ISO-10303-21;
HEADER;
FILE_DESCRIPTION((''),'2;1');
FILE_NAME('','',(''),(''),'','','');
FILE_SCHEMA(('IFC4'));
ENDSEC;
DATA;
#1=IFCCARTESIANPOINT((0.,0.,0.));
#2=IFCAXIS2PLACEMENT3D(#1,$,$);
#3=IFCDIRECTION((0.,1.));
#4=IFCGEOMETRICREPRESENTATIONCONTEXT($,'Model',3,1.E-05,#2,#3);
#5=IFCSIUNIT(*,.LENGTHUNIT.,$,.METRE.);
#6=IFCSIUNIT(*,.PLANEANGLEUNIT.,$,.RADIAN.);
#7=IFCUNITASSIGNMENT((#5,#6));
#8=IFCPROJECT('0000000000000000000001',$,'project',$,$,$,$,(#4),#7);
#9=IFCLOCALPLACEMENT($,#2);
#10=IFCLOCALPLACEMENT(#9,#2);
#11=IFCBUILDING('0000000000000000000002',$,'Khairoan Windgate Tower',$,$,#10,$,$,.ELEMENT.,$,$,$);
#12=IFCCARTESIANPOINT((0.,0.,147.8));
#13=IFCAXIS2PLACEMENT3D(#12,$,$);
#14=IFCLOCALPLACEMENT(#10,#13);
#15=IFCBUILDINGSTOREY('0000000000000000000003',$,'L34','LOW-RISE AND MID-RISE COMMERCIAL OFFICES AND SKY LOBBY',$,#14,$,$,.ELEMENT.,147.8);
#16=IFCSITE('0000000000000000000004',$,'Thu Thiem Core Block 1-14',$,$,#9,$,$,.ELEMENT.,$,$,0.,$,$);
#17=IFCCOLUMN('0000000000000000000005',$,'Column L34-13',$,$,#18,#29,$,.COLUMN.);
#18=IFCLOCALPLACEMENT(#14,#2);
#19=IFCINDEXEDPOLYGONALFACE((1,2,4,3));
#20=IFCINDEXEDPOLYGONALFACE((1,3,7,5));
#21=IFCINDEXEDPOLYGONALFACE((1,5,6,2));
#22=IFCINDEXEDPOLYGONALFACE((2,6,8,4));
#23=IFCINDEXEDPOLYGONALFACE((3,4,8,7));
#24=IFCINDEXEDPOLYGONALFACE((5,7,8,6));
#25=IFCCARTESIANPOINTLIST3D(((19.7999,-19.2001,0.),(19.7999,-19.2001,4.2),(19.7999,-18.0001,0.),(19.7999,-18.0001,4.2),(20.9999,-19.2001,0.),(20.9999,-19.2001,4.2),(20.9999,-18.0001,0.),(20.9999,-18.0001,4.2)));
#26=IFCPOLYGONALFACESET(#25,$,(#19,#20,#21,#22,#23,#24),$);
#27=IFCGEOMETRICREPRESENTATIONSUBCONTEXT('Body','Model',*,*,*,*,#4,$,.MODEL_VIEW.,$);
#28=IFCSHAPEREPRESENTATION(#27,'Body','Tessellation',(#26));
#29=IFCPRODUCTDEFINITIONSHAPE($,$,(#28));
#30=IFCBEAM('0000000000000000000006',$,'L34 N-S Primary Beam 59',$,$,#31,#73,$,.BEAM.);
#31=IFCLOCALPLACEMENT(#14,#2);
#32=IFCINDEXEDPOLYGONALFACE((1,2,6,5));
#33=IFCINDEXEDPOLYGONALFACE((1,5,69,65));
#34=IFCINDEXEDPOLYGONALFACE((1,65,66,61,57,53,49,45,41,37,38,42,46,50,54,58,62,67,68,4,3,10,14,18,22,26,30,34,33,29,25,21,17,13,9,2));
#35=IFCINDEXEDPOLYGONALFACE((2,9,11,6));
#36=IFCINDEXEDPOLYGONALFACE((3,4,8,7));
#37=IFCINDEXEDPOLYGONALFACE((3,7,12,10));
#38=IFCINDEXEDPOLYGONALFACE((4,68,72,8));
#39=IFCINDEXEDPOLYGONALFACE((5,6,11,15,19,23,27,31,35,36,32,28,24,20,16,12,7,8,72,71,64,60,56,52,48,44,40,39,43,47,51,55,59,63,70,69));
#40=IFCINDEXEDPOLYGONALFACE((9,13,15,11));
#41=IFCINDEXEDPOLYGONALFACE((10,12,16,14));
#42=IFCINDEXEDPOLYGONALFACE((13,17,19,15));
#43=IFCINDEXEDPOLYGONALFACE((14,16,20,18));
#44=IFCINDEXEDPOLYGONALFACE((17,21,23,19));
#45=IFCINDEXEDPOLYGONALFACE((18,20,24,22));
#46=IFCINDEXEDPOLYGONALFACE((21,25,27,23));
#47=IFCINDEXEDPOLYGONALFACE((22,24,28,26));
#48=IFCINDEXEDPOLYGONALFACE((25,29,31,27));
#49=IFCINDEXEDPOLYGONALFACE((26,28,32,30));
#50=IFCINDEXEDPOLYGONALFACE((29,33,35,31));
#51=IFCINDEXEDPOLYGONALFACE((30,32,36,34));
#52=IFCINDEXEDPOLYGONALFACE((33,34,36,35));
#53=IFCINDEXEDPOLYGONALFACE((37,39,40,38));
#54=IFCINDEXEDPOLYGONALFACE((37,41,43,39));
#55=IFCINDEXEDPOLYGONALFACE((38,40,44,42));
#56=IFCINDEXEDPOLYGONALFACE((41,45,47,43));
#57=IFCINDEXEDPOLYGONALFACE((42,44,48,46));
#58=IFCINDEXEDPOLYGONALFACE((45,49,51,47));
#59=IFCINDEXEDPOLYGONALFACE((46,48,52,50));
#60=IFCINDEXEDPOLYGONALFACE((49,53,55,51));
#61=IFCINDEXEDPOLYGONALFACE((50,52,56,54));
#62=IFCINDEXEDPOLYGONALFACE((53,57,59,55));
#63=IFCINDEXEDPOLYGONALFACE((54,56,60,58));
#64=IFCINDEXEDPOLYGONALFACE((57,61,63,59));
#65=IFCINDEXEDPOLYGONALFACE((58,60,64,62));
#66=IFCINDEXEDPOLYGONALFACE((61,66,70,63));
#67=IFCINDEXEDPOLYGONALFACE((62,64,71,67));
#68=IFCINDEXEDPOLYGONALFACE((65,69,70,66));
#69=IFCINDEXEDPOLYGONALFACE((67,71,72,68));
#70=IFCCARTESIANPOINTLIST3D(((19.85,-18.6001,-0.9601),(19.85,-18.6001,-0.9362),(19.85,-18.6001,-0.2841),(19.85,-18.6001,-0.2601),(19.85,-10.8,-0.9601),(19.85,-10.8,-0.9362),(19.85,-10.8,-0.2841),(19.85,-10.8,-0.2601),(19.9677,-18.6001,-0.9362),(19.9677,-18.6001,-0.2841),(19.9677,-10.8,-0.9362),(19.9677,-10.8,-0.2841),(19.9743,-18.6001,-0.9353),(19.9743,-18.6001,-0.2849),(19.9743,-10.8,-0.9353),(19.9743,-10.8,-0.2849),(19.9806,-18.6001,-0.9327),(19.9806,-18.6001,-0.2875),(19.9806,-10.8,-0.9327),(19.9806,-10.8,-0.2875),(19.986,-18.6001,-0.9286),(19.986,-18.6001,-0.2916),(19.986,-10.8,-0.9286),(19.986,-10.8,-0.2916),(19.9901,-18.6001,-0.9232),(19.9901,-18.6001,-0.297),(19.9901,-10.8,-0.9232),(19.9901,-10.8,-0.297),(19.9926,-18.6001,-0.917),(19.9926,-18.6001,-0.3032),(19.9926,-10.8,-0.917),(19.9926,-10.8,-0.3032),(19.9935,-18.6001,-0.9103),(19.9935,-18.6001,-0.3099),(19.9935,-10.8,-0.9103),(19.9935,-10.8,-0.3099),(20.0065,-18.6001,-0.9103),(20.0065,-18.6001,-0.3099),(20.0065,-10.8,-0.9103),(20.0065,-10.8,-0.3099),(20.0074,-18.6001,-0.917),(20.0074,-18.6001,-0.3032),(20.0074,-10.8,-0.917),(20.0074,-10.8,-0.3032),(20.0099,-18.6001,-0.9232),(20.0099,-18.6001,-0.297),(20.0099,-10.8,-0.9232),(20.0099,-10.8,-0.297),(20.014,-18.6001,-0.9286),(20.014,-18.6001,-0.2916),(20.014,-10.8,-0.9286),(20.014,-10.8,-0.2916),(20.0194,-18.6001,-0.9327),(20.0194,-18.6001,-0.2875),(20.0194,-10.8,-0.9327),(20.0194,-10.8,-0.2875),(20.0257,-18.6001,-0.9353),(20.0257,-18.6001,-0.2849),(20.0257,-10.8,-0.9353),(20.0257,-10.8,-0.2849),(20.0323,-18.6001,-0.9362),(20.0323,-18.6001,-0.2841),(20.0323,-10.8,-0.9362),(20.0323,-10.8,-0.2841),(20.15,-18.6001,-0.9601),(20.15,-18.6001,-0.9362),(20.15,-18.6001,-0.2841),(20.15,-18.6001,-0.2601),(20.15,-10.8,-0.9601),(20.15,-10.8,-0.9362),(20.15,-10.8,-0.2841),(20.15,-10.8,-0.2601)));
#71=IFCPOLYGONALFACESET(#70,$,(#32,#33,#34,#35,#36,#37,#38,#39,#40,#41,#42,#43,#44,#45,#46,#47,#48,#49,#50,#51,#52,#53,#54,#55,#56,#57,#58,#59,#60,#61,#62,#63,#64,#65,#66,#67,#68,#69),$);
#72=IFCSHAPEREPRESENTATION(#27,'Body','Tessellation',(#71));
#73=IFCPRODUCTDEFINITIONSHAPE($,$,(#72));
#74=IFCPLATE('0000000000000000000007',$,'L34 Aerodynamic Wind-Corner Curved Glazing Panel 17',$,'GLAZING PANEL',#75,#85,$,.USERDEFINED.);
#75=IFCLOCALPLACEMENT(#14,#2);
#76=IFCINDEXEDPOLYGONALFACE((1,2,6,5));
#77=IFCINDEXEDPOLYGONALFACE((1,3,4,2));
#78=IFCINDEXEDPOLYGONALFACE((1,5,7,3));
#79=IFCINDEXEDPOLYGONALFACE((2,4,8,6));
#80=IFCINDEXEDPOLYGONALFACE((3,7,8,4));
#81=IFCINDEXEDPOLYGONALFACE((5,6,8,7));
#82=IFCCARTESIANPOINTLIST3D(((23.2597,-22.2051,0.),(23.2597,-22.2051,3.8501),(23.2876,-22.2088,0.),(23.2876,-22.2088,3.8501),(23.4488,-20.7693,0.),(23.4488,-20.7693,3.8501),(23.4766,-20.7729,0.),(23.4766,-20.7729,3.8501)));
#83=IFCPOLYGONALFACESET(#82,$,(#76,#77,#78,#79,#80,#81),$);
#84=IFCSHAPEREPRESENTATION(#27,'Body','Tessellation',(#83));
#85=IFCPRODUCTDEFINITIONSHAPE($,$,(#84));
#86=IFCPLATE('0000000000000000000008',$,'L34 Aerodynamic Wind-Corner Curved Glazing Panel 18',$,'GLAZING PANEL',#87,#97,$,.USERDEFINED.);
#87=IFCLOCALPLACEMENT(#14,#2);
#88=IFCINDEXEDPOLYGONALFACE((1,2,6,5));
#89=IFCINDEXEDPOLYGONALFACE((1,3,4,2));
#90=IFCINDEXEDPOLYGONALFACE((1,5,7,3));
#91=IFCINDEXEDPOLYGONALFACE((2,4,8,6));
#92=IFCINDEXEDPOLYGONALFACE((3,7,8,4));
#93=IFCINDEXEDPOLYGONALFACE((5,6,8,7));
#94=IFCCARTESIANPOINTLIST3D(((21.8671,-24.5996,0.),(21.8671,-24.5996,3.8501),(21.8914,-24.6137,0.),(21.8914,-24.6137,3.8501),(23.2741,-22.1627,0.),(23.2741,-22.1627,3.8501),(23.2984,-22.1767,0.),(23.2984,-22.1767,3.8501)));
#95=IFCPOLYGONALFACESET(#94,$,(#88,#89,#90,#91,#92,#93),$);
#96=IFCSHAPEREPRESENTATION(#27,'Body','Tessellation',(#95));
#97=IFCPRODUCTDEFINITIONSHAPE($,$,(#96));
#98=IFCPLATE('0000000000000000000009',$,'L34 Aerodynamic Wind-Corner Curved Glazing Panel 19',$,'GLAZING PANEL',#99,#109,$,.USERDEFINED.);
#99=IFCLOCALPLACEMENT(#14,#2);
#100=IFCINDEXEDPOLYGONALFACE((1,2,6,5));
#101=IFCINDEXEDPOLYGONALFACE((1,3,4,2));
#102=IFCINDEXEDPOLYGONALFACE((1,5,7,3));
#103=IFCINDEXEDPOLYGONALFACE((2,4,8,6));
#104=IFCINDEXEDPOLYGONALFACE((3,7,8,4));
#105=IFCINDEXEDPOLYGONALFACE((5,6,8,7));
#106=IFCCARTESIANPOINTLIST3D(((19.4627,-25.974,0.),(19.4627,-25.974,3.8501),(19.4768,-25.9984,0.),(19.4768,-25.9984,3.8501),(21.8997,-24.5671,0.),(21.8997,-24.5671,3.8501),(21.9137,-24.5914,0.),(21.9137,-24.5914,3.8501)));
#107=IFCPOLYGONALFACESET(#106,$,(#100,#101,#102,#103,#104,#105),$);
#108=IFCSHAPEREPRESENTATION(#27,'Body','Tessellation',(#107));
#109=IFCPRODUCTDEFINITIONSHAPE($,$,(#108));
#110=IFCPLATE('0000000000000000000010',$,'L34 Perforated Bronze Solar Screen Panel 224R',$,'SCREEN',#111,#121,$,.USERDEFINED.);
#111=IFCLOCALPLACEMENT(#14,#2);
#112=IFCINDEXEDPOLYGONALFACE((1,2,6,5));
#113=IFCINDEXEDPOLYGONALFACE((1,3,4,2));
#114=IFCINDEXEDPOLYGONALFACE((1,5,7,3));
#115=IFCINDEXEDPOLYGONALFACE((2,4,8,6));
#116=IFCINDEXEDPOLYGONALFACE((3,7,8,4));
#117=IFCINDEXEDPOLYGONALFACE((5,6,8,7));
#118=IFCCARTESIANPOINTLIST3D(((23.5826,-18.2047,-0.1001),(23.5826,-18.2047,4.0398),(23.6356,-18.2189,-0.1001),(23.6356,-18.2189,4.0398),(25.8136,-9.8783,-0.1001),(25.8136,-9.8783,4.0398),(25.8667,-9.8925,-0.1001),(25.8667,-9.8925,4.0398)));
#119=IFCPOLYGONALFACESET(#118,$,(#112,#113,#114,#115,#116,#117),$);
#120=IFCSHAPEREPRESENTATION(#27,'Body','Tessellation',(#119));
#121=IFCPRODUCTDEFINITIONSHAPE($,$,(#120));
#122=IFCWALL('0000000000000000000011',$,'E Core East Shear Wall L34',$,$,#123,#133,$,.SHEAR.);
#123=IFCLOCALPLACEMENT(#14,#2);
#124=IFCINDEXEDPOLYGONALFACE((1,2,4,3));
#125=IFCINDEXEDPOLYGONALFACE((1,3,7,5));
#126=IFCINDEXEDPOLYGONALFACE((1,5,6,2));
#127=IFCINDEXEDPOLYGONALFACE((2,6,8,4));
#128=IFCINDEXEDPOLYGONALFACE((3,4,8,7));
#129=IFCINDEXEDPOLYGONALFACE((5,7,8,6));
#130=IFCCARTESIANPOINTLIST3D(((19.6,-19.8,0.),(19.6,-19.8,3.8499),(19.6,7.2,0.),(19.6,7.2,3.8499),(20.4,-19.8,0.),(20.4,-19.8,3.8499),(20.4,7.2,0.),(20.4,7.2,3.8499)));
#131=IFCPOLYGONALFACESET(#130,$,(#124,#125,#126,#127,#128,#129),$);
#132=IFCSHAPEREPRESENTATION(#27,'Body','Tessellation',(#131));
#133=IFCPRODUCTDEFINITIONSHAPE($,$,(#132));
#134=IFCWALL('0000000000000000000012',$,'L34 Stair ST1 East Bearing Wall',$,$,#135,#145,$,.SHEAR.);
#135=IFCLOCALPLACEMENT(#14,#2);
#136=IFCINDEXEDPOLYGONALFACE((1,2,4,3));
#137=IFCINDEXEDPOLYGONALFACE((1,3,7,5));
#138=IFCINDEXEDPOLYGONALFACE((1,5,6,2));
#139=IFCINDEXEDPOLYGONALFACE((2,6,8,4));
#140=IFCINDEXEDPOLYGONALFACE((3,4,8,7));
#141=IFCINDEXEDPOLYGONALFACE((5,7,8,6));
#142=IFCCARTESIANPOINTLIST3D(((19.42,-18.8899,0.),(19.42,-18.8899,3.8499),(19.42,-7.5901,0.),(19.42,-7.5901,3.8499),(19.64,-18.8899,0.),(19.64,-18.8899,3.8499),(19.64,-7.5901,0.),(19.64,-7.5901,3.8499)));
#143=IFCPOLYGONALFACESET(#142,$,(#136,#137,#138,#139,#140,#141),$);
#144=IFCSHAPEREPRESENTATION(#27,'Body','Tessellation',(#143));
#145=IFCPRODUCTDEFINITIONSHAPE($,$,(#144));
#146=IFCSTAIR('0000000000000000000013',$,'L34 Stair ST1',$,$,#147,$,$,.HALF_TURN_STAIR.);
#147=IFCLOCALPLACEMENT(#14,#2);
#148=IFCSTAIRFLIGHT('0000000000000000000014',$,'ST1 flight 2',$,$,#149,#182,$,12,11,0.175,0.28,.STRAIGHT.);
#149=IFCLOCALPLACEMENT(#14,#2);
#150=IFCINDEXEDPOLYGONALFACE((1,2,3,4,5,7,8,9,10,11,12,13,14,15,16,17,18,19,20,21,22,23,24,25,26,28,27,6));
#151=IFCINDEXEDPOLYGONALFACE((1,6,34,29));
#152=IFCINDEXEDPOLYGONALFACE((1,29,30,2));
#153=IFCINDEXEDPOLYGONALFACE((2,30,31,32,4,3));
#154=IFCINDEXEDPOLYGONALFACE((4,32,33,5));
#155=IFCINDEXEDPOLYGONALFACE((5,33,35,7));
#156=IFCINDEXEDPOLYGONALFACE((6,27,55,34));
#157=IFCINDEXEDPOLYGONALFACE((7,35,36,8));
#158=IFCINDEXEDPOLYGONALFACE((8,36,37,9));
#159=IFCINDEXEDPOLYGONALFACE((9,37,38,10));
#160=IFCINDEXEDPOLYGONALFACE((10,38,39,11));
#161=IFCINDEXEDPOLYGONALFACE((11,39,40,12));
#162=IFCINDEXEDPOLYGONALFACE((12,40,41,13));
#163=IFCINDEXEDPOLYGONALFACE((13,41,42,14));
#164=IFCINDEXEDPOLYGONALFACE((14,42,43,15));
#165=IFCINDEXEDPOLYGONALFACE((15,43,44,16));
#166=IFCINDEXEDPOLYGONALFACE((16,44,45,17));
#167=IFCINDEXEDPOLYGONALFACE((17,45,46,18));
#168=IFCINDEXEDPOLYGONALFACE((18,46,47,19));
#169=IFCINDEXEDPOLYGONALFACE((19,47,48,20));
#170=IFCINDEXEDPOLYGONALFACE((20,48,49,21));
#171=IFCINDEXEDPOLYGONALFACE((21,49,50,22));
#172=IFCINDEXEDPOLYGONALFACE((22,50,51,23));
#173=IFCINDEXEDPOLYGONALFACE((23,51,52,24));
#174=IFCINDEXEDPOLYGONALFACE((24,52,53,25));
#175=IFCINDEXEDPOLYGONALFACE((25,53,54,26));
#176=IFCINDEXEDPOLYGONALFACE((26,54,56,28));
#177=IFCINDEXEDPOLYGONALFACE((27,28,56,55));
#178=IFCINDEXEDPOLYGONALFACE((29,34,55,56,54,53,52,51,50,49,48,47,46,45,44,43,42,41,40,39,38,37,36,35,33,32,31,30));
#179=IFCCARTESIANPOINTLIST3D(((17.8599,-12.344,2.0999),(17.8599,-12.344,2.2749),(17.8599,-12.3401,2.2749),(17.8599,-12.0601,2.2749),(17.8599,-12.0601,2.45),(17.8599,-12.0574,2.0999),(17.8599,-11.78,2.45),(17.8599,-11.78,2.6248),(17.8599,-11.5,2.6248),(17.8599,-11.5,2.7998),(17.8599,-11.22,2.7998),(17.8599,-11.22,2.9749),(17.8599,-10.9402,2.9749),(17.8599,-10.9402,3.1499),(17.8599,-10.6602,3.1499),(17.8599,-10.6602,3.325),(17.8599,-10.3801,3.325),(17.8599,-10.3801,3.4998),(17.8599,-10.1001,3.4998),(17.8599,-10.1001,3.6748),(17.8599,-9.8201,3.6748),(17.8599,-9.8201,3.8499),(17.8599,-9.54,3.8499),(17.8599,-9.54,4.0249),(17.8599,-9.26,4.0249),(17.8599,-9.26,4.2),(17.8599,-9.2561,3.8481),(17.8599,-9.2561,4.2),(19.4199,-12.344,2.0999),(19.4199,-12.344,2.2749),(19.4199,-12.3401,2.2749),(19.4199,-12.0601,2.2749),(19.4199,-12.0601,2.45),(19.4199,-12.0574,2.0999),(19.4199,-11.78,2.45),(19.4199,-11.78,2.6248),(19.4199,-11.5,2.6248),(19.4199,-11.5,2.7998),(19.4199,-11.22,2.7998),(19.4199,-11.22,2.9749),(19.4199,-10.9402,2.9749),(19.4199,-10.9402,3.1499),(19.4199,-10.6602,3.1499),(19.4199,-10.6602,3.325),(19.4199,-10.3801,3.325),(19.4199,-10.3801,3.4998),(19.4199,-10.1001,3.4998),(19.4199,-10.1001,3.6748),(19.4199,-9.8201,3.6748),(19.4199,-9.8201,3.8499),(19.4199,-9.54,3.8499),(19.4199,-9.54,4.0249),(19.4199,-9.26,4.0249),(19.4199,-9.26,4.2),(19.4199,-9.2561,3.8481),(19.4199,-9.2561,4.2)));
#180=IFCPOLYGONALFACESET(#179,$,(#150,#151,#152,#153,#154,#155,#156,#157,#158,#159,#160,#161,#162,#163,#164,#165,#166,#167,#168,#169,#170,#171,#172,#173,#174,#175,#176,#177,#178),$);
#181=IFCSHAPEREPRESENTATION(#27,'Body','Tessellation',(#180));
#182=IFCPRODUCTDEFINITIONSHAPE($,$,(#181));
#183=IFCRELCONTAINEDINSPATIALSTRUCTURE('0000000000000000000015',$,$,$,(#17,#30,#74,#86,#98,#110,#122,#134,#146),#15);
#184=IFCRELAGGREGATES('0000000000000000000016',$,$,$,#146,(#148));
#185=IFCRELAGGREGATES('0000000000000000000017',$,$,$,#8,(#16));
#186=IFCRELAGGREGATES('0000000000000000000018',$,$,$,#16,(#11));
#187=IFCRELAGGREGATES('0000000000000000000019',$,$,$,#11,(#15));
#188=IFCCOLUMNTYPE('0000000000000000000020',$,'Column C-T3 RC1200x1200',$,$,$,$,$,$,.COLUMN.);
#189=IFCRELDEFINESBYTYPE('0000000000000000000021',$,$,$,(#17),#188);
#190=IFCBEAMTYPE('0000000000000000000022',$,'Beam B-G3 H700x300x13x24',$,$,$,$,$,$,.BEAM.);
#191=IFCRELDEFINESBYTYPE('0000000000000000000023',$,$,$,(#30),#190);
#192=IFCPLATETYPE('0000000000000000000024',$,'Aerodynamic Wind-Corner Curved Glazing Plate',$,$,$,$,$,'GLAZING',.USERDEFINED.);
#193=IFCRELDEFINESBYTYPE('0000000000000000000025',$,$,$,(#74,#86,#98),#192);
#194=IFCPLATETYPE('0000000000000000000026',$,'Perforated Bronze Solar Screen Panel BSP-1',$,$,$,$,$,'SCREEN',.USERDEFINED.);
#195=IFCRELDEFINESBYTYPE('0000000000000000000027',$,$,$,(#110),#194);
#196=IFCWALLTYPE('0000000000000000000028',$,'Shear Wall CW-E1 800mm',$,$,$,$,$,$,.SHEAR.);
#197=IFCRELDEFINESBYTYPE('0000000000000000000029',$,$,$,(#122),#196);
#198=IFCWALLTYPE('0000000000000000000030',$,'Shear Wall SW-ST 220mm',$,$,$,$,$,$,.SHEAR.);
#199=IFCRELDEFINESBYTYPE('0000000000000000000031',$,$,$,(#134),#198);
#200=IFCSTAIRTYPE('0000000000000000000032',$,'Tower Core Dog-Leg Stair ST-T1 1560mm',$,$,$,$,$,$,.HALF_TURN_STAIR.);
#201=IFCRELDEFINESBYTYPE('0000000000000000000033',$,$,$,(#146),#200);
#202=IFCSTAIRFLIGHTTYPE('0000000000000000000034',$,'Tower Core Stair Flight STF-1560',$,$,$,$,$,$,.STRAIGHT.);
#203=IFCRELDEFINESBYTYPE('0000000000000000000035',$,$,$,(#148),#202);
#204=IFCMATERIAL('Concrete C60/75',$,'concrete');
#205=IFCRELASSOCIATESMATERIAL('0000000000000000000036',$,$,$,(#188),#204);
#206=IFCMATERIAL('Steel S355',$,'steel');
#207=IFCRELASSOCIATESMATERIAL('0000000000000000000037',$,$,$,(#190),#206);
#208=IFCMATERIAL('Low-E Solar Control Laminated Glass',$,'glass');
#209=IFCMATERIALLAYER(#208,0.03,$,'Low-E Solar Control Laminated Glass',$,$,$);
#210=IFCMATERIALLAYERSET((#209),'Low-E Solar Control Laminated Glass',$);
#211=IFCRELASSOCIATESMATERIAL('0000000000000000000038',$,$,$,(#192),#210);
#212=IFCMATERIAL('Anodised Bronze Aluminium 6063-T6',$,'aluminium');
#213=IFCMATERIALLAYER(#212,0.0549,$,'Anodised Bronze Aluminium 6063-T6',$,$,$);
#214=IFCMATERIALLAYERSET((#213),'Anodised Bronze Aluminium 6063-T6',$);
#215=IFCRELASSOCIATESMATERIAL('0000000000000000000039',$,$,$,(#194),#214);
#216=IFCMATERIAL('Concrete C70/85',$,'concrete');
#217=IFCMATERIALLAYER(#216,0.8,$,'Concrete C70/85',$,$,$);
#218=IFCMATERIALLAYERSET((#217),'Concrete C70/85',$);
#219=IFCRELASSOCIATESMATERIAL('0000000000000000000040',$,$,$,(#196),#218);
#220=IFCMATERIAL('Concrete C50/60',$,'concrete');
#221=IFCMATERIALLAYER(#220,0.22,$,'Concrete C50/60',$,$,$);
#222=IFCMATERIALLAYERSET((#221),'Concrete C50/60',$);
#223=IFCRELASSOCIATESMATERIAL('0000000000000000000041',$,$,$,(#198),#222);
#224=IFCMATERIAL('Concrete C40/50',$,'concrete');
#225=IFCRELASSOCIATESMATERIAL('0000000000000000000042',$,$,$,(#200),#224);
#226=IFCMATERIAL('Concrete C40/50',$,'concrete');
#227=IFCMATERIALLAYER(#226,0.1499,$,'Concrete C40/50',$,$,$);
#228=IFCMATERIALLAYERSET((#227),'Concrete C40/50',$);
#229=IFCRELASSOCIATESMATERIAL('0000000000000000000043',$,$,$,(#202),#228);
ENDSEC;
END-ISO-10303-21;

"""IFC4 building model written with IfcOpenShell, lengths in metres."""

from ifc_helpers import new_model, si_unit, direction, frame, frame_2d, origin, origin_2d, place, context, subcontext, project, spatial, polyline, rectangle, i_section, outline, extrude, material, layer, layer_set, material_profile, profile_set, type_object, element, aggregate, save


model = new_model("IFC4")

# Units and contexts
model_context = context("Model", 3, precision=1e-05, world=origin(), true_north=direction((0.0, 1.0)))
body_context = subcontext(model_context, "Body", "Model", "MODEL_VIEW")
ifc_project = project(units=[si_unit("LENGTHUNIT", "METRE"), si_unit("PLANEANGLEUNIT", "RADIAN")], contexts=[model_context])

# Site, building, storey
site_placement = place(None, origin())
site = spatial("IfcSite", under=ifc_project, at=site_placement, Name="Thu Thiem Core Block 1-14", CompositionType="ELEMENT", RefElevation=0.0)
building_placement = place(site_placement, origin())
building = spatial("IfcBuilding", under=site, at=building_placement, Name="Khairoan Windgate Tower", CompositionType="ELEMENT")
storey_placement = place(building_placement, frame((0.0, 0.0, 147.8)))
storey = spatial("IfcBuildingStorey", under=building, at=storey_placement, Name="L34", Description="LOW-RISE AND MID-RISE COMMERCIAL OFFICES AND SKY LOBBY", CompositionType="ELEMENT", Elevation=147.8)

# Column
ifc_material_1 = material(Name="Concrete C60/75", Category="concrete")
ifc_material_profile_1 = material_profile(ifc_material_1, rectangle(XDim=1.2, YDim=1.2, at=origin_2d()))
ifc_profile_set_1 = profile_set([ifc_material_profile_1], Name="Concrete C60/75")
column_type = type_object("IfcColumnType", Name="Column C-T3 RC1200x1200", PredefinedType="COLUMN", material=ifc_profile_set_1)
column_placement = place(storey_placement, frame((20.3999, -18.6001, 0.0), z_axis=(0.0, 0.0, 1.0), x_axis=(1.0, 0.0, 0.0)))
element("IfcColumn", 1, at=column_placement, inside=storey, type_object=column_type, Name="Column L34-13", PredefinedType="COLUMN", context=body_context, shape_type="SweptSolid", body=[
    extrude(rectangle(XDim=1.2, YDim=1.2, at=origin_2d()), origin(), (0.0, 0.0, 1.0), 4.2),
])

# Beam
ifc_material_2 = material(Name="Steel S355", Category="steel")
ifc_material_profile_2 = material_profile(ifc_material_2, i_section(OverallWidth=0.3, OverallDepth=0.7, WebThickness=0.0129, FlangeThickness=0.0239, FilletRadius=0.0259, at=origin_2d()))
ifc_profile_set_2 = profile_set([ifc_material_profile_2], Name="Steel S355")
beam_type = type_object("IfcBeamType", Name="Beam B-G3 H700x300x13x24", PredefinedType="BEAM", material=ifc_profile_set_2)
beam_placement = place(storey_placement, frame((20.0, -18.6001, -0.6101), z_axis=(0.0, 1.0, 0.0), x_axis=(-1.0, 0.0, 0.0)))
element("IfcBeam", 2, at=beam_placement, inside=storey, type_object=beam_type, Name="L34 N-S Primary Beam 59", PredefinedType="BEAM", context=body_context, shape_type="SweptSolid", body=[
    extrude(i_section(OverallWidth=0.3, OverallDepth=0.7, WebThickness=0.0129, FlangeThickness=0.0239, FilletRadius=0.0259, at=origin_2d()), origin(), (0.0, 0.0, 1.0), 7.8),
])

# Plates
ifc_material_3 = material(Name="Low-E Solar Control Laminated Glass", Category="glass")
ifc_layer_1 = layer(ifc_material_3, 0.03, Name="Low-E Solar Control Laminated Glass")
ifc_layer_set_1 = layer_set([ifc_layer_1], Name="Low-E Solar Control Laminated Glass")
plate_type_1 = type_object("IfcPlateType", Name="Aerodynamic Wind-Corner Curved Glazing Plate", ElementType="GLAZING", PredefinedType="USERDEFINED", material=ifc_layer_set_1)
plate_1_placement = place(storey_placement, frame((23.3682, -21.489, 0.0), z_axis=(0.0, 0.0, 1.0), x_axis=(-0.130526, -0.991445, 0.0)))
element("IfcPlate", 3, at=plate_1_placement, inside=storey, type_object=plate_type_1, Name="L34 Aerodynamic Wind-Corner Curved Glazing Panel 17", ObjectType="GLAZING PANEL", PredefinedType="USERDEFINED", context=body_context, shape_type="SweptSolid", body=[
    extrude(rectangle(XDim=1.4482, YDim=0.0281, at=origin_2d()), origin(), (0.0, 0.0, 1.0), 3.8501),
])
for number, where, z_axis, x_axis, name in (
    (4, (22.5828, -23.3882, 0.0), (0.0, 0.0, 1.0), (-0.5, -0.866025, 0.0), "L34 Aerodynamic Wind-Corner Curved Glazing Panel 18"),
    (5, (20.6882, -25.2827, 0.0), (0.0, 0.0, 1.0), (-0.866025, -0.5, 0.0), "L34 Aerodynamic Wind-Corner Curved Glazing Panel 19"),
):
    element("IfcPlate", number, at=place(storey_placement, frame(where, z_axis=z_axis, x_axis=x_axis)), inside=storey, type_object=plate_type_1, Name=name, ObjectType="GLAZING PANEL", PredefinedType="USERDEFINED", context=body_context, shape_type="SweptSolid", body=[
        extrude(rectangle(XDim=2.814, YDim=0.0281, at=origin_2d()), origin(), (0.0, 0.0, 1.0), 3.8501),
    ])

# Plate
ifc_material_4 = material(Name="Anodised Bronze Aluminium 6063-T6", Category="aluminium")
ifc_layer_2 = layer(ifc_material_4, 0.0549, Name="Anodised Bronze Aluminium 6063-T6")
ifc_layer_set_2 = layer_set([ifc_layer_2], Name="Anodised Bronze Aluminium 6063-T6")
plate_type_2 = type_object("IfcPlateType", Name="Perforated Bronze Solar Screen Panel BSP-1", ElementType="SCREEN", PredefinedType="USERDEFINED", material=ifc_layer_set_2)
plate_2_placement = place(storey_placement, frame((24.7246, -14.0486, -0.1001), z_axis=(0.0, 0.0, 1.0), x_axis=(-0.258819, -0.965926, 0.0)))
element("IfcPlate", 6, at=plate_2_placement, inside=storey, type_object=plate_type_2, Name="L34 Perforated Bronze Solar Screen Panel 224R", ObjectType="SCREEN", PredefinedType="USERDEFINED", context=body_context, shape_type="SweptSolid", body=[
    extrude(rectangle(XDim=8.6201, YDim=0.0549, at=origin_2d()), origin(), (0.0, 0.0, 1.0), 4.1399),
])

# Walls
ifc_material_5 = material(Name="Concrete C70/85", Category="concrete")
ifc_layer_3 = layer(ifc_material_5, 0.8, Name="Concrete C70/85")
ifc_layer_set_3 = layer_set([ifc_layer_3], Name="Concrete C70/85")
wall_type_1 = type_object("IfcWallType", Name="Shear Wall CW-E1 800mm", PredefinedType="SHEAR", material=ifc_layer_set_3)
wall_1_placement = place(storey_placement, frame((20.0, -19.8, 0.0), z_axis=(0.0, 0.0, 1.0), x_axis=(0.0, 1.0, 0.0)))
element("IfcWall", 7, at=wall_1_placement, inside=storey, type_object=wall_type_1, Name="E Core East Shear Wall L34", PredefinedType="SHEAR", context=body_context, shape_type="SweptSolid", body=[
    extrude(rectangle(XDim=27.0, YDim=0.8, at=frame_2d((13.5, 0.0))), origin(), (0.0, 0.0, 1.0), 3.8499),
])
ifc_material_6 = material(Name="Concrete C50/60", Category="concrete")
ifc_layer_4 = layer(ifc_material_6, 0.22, Name="Concrete C50/60")
ifc_layer_set_4 = layer_set([ifc_layer_4], Name="Concrete C50/60")
wall_type_2 = type_object("IfcWallType", Name="Shear Wall SW-ST 220mm", PredefinedType="SHEAR", material=ifc_layer_set_4)
wall_2_placement = place(storey_placement, frame((19.53, -18.8899, 0.0), z_axis=(0.0, 0.0, 1.0), x_axis=(0.0, 1.0, 0.0)))
element("IfcWall", 8, at=wall_2_placement, inside=storey, type_object=wall_type_2, Name="L34 Stair ST1 East Bearing Wall", PredefinedType="SHEAR", context=body_context, shape_type="SweptSolid", body=[
    extrude(rectangle(XDim=11.2998, YDim=0.22, at=frame_2d((5.6499, 0.0))), origin(), (0.0, 0.0, 1.0), 3.8499),
])

# Stair, stair flight
ifc_material_7 = material(Name="Concrete C40/50", Category="concrete")
stair_type = type_object("IfcStairType", Name="Tower Core Dog-Leg Stair ST-T1 1560mm", PredefinedType="HALF_TURN_STAIR", material=ifc_material_7)
stair_placement = place(storey_placement, origin())
stair = element("IfcStair", 9, at=stair_placement, inside=storey, type_object=stair_type, Name="L34 Stair ST1", PredefinedType="HALF_TURN_STAIR")
ifc_material_8 = material(Name="Concrete C40/50", Category="concrete")
ifc_layer_5 = layer(ifc_material_8, 0.1499, Name="Concrete C40/50")
ifc_layer_set_5 = layer_set([ifc_layer_5], Name="Concrete C40/50")
stair_flight_type = type_object("IfcStairFlightType", Name="Tower Core Stair Flight STF-1560", PredefinedType="STRAIGHT", material=ifc_layer_set_5)
stair_flight_placement = place(storey_placement, frame((18.6399, -12.3401, 2.0999), z_axis=(0.0, 0.0, 1.0), x_axis=(0.0, 1.0, 0.0)))
stair_flight = element("IfcStairFlight", 10, at=stair_flight_placement, type_object=stair_flight_type, Name="ST1 flight 2", NumberOfRisers=12, NumberOfTreads=11, PredefinedType="STRAIGHT", RiserHeight=0.175, TreadLength=0.28, context=body_context, shape_type="SweptSolid", body=[
    extrude(outline(polyline([(-0.0039, 0.0), (-0.0039, 0.175), (0.0, 0.175), (0.28, 0.175), (0.28, 0.3501), (0.5601, 0.3501), (0.5601, 0.5249), (0.8401, 0.5249), (0.8401, 0.7), (1.1201, 0.7), (1.1201, 0.875), (1.3999, 0.875), (1.3999, 1.05), (1.6799, 1.05), (1.6799, 1.2251), (1.96, 1.2251), (1.96, 1.3999), (2.24, 1.3999), (2.24, 1.575), (2.52, 1.575), (2.52, 1.75), (2.8, 1.75), (2.8, 1.925), (3.0801, 1.925), (3.0801, 2.1001), (3.084, 2.1001), (3.084, 1.7483), (0.2827, 0.0), (-0.0039, 0.0)])), frame((0.0, 0.78, 0.0), z_axis=(0.0, -1.0, 0.0), x_axis=(1.0, 0.0, 0.0)), (0.0, 0.0, 1.0), 1.5601),
])
aggregate(stair, [stair_flight])

save(model, "model.ifc")
